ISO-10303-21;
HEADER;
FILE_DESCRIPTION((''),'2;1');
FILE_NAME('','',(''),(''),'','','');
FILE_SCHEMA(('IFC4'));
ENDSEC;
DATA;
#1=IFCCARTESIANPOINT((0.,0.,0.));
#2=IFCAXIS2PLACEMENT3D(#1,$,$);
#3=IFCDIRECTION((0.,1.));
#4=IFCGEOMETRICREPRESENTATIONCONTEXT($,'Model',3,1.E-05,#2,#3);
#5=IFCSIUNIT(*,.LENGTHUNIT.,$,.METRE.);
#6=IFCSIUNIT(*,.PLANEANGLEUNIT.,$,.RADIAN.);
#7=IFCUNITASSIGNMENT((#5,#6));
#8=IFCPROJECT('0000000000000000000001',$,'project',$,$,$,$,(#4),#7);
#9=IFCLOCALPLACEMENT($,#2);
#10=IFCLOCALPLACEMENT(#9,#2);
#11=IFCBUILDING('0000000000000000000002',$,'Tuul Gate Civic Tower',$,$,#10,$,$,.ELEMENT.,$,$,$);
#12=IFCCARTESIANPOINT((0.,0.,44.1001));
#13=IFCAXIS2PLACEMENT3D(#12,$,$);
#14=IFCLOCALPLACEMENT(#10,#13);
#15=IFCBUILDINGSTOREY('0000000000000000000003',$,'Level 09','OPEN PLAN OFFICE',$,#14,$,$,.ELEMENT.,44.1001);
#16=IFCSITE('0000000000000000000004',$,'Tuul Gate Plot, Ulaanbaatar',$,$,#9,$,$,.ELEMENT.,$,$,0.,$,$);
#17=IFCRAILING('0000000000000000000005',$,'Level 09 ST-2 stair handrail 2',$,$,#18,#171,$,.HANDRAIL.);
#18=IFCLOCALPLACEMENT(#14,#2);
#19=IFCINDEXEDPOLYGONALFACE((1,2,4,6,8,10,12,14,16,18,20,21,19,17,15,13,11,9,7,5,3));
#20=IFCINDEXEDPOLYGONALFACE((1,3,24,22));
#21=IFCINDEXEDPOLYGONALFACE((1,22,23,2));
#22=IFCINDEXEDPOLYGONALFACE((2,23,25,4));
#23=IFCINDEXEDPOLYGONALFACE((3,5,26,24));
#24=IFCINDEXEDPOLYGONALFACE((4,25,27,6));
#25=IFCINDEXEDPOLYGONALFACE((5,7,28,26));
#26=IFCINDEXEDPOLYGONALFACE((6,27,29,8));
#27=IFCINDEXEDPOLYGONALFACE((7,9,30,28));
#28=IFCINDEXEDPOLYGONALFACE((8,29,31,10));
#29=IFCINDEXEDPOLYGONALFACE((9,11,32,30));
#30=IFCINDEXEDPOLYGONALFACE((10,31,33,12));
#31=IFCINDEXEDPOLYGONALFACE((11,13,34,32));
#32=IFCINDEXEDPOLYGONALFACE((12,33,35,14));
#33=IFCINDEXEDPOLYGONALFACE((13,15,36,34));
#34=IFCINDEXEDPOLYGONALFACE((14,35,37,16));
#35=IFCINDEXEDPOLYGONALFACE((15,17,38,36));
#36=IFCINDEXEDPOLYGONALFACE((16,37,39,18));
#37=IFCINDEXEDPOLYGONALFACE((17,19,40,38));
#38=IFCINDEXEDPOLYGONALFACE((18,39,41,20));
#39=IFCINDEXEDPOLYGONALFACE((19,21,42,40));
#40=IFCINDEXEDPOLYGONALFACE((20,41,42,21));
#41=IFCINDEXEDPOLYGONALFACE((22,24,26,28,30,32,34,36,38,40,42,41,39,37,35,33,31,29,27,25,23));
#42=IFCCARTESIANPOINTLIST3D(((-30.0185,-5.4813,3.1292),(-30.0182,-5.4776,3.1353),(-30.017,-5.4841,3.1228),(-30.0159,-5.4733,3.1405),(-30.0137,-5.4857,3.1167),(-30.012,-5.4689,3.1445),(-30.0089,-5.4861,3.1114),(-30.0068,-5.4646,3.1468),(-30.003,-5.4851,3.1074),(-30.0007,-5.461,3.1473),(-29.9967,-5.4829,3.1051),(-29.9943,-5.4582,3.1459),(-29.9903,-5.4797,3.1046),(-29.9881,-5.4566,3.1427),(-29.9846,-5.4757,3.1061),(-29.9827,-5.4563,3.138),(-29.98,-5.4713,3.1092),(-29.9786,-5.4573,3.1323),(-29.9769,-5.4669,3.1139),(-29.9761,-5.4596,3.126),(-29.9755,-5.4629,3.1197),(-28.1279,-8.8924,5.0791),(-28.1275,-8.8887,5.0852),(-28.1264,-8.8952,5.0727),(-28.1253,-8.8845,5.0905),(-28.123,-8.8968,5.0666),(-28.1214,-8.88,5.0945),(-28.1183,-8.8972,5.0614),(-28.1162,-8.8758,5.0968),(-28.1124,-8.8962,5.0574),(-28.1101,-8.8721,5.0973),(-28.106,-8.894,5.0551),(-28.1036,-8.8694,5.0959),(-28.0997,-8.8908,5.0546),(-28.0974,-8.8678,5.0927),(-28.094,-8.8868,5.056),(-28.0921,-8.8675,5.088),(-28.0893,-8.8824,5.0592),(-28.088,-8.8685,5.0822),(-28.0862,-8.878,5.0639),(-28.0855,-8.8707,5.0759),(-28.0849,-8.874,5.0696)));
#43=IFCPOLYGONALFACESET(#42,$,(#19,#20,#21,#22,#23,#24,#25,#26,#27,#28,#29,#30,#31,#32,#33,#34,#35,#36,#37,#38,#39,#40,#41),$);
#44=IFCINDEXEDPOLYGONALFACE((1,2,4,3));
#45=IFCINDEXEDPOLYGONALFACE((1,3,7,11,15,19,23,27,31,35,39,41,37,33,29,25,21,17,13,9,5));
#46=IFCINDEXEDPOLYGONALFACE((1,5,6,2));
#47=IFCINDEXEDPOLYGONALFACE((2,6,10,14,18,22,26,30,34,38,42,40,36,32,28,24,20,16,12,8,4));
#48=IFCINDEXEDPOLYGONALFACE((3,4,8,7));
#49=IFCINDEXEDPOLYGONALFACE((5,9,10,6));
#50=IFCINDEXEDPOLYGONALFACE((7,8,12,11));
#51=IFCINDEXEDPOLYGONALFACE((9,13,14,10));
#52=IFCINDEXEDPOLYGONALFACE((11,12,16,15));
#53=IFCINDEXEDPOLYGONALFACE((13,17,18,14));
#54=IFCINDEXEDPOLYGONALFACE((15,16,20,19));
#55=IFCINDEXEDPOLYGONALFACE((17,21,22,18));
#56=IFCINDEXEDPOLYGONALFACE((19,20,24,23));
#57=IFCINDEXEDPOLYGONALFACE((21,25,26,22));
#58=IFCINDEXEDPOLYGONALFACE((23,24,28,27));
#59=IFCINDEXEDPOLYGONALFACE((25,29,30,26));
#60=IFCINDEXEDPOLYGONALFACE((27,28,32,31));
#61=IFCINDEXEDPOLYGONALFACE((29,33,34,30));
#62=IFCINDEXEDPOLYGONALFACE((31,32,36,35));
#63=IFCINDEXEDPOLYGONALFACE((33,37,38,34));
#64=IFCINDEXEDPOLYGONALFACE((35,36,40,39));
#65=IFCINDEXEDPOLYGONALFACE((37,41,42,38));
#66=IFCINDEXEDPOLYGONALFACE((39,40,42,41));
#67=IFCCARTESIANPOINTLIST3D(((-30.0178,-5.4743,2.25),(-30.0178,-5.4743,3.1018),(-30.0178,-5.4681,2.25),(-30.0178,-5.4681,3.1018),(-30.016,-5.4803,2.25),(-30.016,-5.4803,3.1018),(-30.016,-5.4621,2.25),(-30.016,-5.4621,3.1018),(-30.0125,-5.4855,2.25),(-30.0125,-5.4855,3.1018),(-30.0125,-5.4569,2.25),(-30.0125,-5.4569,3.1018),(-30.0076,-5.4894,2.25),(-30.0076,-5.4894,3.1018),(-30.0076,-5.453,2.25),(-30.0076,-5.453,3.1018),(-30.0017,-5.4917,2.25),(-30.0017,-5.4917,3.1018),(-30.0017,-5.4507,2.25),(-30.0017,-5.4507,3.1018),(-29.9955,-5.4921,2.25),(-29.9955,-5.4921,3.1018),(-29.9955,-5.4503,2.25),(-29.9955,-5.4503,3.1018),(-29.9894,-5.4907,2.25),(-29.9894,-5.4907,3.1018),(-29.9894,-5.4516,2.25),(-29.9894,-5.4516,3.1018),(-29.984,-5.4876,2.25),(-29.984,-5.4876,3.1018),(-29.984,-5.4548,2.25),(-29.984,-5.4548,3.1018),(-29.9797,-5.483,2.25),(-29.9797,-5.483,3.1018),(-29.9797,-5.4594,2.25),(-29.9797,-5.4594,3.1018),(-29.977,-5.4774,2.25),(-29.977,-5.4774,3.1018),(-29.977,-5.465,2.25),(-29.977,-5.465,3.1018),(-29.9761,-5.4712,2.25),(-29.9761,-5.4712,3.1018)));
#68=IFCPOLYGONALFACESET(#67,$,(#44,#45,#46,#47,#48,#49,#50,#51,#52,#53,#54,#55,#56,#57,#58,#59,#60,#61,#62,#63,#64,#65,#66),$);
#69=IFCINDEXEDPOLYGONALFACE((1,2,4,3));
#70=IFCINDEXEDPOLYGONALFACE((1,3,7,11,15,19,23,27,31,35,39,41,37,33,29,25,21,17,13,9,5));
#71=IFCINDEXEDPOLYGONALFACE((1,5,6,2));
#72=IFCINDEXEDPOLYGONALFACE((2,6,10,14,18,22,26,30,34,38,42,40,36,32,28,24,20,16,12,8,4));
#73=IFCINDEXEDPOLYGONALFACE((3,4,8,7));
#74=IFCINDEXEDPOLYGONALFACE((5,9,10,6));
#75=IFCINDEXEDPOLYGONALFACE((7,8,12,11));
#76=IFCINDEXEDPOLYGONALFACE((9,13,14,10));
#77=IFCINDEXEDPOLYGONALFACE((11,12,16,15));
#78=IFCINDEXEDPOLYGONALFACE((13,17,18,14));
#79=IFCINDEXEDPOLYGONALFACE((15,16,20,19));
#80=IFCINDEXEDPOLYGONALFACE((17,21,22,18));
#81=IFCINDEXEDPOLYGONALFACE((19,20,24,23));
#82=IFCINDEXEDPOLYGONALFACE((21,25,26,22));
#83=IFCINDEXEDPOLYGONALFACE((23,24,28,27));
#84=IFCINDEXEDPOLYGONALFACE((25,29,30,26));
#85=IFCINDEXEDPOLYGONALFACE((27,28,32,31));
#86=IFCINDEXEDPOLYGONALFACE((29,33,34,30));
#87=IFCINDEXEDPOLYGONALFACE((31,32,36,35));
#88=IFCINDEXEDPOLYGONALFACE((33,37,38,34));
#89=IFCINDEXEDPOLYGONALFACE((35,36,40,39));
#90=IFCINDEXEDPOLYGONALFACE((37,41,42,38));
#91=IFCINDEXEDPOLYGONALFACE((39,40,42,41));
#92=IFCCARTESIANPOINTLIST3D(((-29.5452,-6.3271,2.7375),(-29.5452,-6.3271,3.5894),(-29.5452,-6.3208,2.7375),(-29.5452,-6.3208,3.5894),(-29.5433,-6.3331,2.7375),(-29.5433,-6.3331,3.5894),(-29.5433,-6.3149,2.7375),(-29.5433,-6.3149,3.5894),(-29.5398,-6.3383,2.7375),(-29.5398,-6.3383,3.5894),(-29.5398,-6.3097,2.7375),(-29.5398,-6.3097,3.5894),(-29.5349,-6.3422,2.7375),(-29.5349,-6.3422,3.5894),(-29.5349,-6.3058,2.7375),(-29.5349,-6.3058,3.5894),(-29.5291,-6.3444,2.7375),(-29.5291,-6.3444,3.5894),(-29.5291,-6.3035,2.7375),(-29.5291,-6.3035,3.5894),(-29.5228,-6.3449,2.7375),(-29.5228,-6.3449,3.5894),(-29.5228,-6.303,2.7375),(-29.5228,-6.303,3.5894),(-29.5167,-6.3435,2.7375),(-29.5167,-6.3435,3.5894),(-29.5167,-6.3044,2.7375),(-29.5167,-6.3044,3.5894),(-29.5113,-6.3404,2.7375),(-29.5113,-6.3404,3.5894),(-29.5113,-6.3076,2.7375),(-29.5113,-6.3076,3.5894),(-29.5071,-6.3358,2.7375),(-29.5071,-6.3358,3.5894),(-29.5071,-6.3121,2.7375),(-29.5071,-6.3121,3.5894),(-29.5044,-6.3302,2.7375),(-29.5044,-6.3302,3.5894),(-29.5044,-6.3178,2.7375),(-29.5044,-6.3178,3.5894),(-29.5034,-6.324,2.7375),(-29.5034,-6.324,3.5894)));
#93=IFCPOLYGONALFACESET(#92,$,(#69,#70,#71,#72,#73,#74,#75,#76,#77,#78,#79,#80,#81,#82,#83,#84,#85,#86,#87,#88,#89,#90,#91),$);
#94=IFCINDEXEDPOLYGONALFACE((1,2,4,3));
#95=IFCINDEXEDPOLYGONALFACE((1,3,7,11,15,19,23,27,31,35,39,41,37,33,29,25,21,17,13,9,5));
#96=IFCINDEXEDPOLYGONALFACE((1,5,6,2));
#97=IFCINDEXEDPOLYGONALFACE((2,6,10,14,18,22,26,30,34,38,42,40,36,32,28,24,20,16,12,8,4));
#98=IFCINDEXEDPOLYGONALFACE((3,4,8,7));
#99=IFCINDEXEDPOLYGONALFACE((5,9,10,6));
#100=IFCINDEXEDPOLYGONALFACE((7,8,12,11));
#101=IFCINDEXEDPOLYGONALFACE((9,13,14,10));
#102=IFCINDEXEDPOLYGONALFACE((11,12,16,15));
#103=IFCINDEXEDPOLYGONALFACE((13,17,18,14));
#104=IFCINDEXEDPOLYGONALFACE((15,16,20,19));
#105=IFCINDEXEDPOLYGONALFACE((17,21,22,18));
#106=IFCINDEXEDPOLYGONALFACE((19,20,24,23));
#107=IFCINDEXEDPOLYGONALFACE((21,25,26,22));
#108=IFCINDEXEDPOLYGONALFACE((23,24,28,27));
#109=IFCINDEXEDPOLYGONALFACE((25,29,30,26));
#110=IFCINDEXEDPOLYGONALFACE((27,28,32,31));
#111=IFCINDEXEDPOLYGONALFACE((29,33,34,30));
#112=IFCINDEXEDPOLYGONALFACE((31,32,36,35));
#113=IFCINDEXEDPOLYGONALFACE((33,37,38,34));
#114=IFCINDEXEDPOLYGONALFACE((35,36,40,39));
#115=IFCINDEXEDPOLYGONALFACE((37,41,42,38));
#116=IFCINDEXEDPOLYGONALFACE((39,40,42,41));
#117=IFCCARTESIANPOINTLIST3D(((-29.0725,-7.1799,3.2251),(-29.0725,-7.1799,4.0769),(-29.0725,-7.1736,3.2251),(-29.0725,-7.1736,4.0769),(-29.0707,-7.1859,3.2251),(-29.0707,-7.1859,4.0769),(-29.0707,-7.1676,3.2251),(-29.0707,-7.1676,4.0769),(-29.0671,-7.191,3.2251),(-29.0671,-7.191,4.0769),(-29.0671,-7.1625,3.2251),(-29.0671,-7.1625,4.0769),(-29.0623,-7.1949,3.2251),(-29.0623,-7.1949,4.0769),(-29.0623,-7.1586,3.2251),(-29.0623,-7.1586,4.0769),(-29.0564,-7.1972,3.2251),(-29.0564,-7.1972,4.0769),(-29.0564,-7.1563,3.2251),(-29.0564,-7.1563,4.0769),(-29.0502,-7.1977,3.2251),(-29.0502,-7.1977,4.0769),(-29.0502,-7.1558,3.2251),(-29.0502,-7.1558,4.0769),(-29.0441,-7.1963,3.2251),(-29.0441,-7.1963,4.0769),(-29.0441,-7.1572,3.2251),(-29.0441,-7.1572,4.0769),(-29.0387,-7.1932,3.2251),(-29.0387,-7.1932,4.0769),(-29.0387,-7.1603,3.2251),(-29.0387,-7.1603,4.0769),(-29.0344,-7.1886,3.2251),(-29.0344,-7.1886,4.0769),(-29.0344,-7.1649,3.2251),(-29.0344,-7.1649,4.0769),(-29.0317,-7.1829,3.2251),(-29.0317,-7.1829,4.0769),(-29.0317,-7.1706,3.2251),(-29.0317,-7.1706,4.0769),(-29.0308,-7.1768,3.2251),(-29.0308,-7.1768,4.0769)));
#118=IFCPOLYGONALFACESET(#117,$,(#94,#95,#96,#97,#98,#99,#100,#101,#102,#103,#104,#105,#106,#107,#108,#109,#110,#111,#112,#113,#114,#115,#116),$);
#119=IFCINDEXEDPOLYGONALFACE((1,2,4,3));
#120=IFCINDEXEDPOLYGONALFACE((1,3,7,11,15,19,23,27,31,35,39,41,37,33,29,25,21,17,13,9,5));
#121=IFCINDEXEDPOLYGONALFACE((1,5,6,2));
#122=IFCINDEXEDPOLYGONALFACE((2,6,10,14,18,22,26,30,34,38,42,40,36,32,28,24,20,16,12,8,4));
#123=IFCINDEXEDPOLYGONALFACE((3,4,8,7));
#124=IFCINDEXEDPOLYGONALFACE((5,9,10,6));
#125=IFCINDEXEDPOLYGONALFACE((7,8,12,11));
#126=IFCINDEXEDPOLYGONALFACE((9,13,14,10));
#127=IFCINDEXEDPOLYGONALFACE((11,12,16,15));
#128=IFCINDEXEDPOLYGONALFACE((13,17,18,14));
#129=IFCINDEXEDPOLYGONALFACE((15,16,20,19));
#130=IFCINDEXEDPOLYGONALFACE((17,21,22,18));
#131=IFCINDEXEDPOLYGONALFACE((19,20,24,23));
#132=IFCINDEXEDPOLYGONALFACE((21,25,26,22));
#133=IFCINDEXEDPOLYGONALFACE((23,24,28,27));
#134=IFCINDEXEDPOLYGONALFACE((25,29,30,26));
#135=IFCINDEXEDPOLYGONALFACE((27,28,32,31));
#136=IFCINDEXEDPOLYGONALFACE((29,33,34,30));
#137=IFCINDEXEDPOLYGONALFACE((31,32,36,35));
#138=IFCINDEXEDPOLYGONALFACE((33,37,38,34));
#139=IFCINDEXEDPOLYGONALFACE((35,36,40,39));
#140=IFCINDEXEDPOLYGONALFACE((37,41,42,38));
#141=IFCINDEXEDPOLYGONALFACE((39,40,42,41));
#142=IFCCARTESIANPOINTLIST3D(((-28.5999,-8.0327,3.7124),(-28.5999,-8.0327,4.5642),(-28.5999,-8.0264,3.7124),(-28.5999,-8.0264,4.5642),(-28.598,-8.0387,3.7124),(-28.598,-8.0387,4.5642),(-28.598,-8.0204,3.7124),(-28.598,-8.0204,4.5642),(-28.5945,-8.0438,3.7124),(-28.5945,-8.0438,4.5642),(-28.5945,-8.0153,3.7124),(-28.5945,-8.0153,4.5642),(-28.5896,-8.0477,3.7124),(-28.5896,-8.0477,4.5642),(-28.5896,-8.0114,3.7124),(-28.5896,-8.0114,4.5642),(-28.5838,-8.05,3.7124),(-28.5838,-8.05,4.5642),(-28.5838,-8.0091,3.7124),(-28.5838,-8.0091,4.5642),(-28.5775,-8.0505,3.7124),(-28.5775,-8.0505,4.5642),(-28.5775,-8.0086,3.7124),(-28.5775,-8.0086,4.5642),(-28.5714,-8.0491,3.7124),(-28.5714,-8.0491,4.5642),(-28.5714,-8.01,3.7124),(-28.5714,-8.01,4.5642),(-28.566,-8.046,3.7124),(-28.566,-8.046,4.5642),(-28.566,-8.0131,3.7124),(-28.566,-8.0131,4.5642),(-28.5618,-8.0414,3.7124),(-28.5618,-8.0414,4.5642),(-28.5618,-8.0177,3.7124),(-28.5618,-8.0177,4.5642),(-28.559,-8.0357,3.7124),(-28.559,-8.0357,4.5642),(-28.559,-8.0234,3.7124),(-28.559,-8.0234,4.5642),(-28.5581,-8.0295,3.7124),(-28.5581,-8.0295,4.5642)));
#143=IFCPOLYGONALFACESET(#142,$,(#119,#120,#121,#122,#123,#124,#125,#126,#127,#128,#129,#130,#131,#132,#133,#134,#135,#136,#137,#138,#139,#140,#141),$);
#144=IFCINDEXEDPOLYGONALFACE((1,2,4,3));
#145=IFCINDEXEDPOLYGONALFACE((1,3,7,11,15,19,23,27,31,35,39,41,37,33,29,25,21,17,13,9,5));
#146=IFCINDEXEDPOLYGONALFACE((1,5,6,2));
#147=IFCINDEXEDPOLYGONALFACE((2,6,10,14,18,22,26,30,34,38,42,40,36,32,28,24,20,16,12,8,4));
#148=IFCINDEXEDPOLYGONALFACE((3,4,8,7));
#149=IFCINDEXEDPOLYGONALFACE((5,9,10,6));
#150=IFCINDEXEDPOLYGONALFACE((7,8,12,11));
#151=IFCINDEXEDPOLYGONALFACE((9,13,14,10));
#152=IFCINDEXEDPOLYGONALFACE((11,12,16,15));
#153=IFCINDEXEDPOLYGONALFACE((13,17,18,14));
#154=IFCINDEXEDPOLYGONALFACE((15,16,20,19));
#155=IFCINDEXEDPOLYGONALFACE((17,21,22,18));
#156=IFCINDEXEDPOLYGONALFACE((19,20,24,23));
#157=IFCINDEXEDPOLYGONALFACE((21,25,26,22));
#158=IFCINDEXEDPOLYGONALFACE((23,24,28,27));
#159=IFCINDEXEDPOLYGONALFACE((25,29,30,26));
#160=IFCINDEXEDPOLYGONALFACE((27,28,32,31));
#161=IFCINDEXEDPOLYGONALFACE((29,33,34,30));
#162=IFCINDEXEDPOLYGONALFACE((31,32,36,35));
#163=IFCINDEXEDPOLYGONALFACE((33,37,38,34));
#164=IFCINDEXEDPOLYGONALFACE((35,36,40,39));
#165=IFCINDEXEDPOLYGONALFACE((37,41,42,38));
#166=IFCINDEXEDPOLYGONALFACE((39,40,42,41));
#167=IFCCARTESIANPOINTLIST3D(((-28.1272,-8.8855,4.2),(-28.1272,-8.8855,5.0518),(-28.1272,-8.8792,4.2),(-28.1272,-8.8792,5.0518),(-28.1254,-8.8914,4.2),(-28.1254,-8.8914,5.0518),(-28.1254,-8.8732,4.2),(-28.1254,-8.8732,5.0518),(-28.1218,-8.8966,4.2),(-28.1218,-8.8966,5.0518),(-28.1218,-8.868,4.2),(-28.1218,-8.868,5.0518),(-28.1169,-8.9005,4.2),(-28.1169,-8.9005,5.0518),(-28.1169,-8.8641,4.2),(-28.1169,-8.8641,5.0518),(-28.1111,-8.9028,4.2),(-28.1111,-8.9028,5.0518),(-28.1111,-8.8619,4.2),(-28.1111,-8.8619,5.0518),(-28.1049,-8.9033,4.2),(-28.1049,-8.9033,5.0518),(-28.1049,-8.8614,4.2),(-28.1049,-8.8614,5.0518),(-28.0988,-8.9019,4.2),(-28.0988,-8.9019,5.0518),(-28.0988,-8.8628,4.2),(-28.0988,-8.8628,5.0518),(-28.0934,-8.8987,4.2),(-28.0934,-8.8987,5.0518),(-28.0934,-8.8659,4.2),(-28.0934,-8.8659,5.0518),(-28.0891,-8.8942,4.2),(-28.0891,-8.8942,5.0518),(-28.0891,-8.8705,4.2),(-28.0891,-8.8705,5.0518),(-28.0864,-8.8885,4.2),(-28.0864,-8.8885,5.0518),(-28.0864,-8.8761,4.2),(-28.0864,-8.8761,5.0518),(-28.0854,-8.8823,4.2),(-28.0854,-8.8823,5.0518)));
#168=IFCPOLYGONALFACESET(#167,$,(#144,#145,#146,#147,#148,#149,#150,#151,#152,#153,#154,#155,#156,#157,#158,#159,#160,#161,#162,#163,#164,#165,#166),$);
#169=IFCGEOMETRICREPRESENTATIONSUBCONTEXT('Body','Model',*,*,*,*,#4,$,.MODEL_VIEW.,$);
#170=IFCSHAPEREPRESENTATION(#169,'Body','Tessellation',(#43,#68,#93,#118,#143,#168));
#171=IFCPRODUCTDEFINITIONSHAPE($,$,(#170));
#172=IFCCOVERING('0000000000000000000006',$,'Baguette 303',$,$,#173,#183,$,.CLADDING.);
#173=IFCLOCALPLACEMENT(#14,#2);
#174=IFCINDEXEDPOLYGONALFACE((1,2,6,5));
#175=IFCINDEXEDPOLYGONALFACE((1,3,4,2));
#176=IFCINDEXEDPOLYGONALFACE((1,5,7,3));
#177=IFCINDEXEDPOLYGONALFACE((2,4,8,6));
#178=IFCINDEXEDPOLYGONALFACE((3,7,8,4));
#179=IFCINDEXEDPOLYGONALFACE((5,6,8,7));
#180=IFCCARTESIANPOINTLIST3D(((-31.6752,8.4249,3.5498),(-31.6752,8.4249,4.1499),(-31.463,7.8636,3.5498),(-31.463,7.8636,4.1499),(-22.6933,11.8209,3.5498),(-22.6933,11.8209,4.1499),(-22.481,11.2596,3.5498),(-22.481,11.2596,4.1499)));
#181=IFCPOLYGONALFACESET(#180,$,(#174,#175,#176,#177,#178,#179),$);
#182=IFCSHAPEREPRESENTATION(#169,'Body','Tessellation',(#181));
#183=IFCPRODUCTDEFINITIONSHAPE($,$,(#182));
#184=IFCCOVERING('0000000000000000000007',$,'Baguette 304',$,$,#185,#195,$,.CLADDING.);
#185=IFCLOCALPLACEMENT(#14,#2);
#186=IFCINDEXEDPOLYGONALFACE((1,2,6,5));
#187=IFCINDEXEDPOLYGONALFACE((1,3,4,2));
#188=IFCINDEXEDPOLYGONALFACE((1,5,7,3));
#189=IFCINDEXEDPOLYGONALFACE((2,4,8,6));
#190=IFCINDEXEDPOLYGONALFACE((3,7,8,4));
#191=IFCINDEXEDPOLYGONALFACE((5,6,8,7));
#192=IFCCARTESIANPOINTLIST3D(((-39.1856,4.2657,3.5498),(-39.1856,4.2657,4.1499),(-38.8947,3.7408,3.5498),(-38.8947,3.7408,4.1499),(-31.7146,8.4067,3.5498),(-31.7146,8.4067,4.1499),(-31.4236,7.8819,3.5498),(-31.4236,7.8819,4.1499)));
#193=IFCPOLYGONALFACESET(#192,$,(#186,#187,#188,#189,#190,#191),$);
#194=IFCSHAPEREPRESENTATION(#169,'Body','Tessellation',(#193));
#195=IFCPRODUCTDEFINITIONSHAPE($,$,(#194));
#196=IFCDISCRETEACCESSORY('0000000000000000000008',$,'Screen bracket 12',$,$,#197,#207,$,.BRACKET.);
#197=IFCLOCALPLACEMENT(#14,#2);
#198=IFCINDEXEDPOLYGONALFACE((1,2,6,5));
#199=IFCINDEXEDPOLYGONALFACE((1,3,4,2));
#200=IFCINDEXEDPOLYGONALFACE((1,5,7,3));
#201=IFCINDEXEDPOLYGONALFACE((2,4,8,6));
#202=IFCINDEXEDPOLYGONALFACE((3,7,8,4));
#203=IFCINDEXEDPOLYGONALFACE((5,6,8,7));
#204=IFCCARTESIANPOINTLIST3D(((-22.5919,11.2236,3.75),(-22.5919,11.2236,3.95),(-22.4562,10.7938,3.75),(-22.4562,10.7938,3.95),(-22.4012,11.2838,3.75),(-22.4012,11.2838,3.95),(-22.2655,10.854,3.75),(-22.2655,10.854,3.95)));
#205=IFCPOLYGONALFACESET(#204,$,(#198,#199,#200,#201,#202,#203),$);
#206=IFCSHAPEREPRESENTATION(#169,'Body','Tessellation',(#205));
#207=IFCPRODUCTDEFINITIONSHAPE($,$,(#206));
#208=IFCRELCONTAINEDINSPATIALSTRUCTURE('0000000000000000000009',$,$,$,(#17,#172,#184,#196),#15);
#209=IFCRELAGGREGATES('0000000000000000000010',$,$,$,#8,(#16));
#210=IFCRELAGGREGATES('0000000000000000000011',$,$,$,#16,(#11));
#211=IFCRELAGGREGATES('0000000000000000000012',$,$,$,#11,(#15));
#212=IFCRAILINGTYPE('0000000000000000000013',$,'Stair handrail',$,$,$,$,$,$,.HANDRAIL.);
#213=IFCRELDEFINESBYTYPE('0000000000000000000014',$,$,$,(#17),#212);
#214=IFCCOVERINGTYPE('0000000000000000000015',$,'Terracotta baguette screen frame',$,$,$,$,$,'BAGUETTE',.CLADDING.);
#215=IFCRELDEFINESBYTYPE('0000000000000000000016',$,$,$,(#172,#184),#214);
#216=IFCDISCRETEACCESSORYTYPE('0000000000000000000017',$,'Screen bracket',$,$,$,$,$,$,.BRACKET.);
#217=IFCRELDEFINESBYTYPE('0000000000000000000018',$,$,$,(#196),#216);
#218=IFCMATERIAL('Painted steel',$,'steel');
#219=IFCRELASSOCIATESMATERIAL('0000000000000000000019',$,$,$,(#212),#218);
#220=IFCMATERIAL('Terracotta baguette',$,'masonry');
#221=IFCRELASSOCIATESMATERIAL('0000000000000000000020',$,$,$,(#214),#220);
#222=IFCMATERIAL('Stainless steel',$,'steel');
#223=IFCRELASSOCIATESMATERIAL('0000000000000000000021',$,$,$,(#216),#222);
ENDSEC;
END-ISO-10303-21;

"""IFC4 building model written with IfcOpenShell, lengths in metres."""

from ifc_helpers import new_model, si_unit, direction, frame, origin, origin_2d, place, context, subcontext, project, spatial, rectangle, circle, extrude, material, material_profile, profile_set, type_object, element, save


model = new_model("IFC4")

# Units and contexts
model_context = context("Model", 3, precision=1e-05, world=origin(), true_north=direction((0.0, 1.0)))
body_context = subcontext(model_context, "Body", "Model", "MODEL_VIEW")
ifc_project = project(units=[si_unit("LENGTHUNIT", "METRE"), si_unit("PLANEANGLEUNIT", "RADIAN")], contexts=[model_context])

# Site, building, storey
site_placement = place(None, origin())
site = spatial("IfcSite", under=ifc_project, at=site_placement, Name="Tuul Gate Plot, Ulaanbaatar", CompositionType="ELEMENT", RefElevation=0.0)
building_placement = place(site_placement, origin())
building = spatial("IfcBuilding", under=site, at=building_placement, Name="Tuul Gate Civic Tower", CompositionType="ELEMENT")
storey_placement = place(building_placement, frame((0.0, 0.0, 44.1001)))
storey = spatial("IfcBuildingStorey", under=building, at=storey_placement, Name="Level 09", Description="OPEN PLAN OFFICE", CompositionType="ELEMENT", Elevation=44.1001)

# Railing
ifc_material_1 = material(Name="Painted steel", Category="steel")
railing_type = type_object("IfcRailingType", Name="Stair handrail", PredefinedType="HANDRAIL", material=ifc_material_1)
railing_1_placement = place(storey_placement, frame((-29.9971, -5.4712, 2.25)))
element("IfcRailing", 1, at=railing_1_placement, inside=storey, type_object=railing_type, Name="Level 09 ST-2 stair handrail 2", PredefinedType="HANDRAIL", context=body_context, shape_type="SweptSolid", body=[
    extrude(circle(Radius=0.0239, at=origin_2d()), frame((0.0, 0.0, 0.876), z_axis=(0.433595, -0.782308, 0.447201), x_axis=(0.874641, 0.484771, 0.0)), (0.0, 0.0, 1.0), 4.3604),
    extrude(circle(Radius=0.021, at=origin_2d()), origin(), (0.0, 0.0, 1.0), 0.8518),
    extrude(circle(Radius=0.021, at=origin_2d()), frame((0.4727, -0.8528, 0.4875)), (0.0, 0.0, 1.0), 0.8518),
    extrude(circle(Radius=0.021, at=origin_2d()), frame((0.9453, -1.7056, 0.9751)), (0.0, 0.0, 1.0), 0.8518),
    extrude(circle(Radius=0.021, at=origin_2d()), frame((1.418, -2.5583, 1.4624)), (0.0, 0.0, 1.0), 0.8518),
    extrude(circle(Radius=0.021, at=origin_2d()), frame((1.8906, -3.4111, 1.95)), (0.0, 0.0, 1.0), 0.8518),
])

# Coverings
ifc_material_2 = material(Name="Terracotta baguette", Category="masonry")
ifc_material_profile_1 = material_profile(ifc_material_2, rectangle(XDim=0.6001, YDim=0.6001, at=origin_2d()), Name="Terracotta baguette screen frame")
ifc_profile_set_1 = profile_set([ifc_material_profile_1], Name="Terracotta baguette")
covering_type = type_object("IfcCoveringType", Name="Terracotta baguette screen frame", ElementType="BAGUETTE", PredefinedType="CLADDING", material=ifc_profile_set_1)
covering_1_placement = place(storey_placement, frame((-22.5872, 11.5403, 3.8499), z_axis=(-0.935375, -0.353658, 0.0), x_axis=(0.353658, -0.935375, 0.0)))
element("IfcCovering", 2, at=covering_1_placement, inside=storey, type_object=covering_type, Name="Baguette 303", PredefinedType="CLADDING", context=body_context, shape_type="SweptSolid", body=[
    extrude(rectangle(XDim=0.6001, YDim=0.6001, at=origin_2d()), origin(), (0.0, 0.0, 1.0), 9.6025),
])
covering_2_placement = place(storey_placement, frame((-31.5691, 8.1443, 3.8499), z_axis=(-0.874631, -0.484789, 0.0), x_axis=(0.484789, -0.874631, 0.0)))
element("IfcCovering", 3, at=covering_2_placement, inside=storey, type_object=covering_type, Name="Baguette 304", PredefinedType="CLADDING", context=body_context, shape_type="SweptSolid", body=[
    extrude(rectangle(XDim=0.6001, YDim=0.6001, at=origin_2d()), origin(), (0.0, 0.0, 1.0), 8.542),
])

# Discrete accessory
ifc_material_3 = material(Name="Stainless steel", Category="steel")
discrete_accessory_type = type_object("IfcDiscreteAccessoryType", Name="Screen bracket", PredefinedType="BRACKET", material=ifc_material_3)
discrete_accessory_placement = place(storey_placement, frame((-22.4287, 11.0388, 3.75), z_axis=(0.0, 0.0, 1.0), x_axis=(-0.301084, 0.953598, 0.0)))
element("IfcDiscreteAccessory", 4, at=discrete_accessory_placement, inside=storey, type_object=discrete_accessory_type, Name="Screen bracket 12", PredefinedType="BRACKET", context=body_context, shape_type="SweptSolid", body=[
    extrude(rectangle(XDim=0.4507, YDim=0.2, at=origin_2d()), origin(), (0.0, 0.0, 1.0), 0.2),
])

save(model, "model.ifc")
